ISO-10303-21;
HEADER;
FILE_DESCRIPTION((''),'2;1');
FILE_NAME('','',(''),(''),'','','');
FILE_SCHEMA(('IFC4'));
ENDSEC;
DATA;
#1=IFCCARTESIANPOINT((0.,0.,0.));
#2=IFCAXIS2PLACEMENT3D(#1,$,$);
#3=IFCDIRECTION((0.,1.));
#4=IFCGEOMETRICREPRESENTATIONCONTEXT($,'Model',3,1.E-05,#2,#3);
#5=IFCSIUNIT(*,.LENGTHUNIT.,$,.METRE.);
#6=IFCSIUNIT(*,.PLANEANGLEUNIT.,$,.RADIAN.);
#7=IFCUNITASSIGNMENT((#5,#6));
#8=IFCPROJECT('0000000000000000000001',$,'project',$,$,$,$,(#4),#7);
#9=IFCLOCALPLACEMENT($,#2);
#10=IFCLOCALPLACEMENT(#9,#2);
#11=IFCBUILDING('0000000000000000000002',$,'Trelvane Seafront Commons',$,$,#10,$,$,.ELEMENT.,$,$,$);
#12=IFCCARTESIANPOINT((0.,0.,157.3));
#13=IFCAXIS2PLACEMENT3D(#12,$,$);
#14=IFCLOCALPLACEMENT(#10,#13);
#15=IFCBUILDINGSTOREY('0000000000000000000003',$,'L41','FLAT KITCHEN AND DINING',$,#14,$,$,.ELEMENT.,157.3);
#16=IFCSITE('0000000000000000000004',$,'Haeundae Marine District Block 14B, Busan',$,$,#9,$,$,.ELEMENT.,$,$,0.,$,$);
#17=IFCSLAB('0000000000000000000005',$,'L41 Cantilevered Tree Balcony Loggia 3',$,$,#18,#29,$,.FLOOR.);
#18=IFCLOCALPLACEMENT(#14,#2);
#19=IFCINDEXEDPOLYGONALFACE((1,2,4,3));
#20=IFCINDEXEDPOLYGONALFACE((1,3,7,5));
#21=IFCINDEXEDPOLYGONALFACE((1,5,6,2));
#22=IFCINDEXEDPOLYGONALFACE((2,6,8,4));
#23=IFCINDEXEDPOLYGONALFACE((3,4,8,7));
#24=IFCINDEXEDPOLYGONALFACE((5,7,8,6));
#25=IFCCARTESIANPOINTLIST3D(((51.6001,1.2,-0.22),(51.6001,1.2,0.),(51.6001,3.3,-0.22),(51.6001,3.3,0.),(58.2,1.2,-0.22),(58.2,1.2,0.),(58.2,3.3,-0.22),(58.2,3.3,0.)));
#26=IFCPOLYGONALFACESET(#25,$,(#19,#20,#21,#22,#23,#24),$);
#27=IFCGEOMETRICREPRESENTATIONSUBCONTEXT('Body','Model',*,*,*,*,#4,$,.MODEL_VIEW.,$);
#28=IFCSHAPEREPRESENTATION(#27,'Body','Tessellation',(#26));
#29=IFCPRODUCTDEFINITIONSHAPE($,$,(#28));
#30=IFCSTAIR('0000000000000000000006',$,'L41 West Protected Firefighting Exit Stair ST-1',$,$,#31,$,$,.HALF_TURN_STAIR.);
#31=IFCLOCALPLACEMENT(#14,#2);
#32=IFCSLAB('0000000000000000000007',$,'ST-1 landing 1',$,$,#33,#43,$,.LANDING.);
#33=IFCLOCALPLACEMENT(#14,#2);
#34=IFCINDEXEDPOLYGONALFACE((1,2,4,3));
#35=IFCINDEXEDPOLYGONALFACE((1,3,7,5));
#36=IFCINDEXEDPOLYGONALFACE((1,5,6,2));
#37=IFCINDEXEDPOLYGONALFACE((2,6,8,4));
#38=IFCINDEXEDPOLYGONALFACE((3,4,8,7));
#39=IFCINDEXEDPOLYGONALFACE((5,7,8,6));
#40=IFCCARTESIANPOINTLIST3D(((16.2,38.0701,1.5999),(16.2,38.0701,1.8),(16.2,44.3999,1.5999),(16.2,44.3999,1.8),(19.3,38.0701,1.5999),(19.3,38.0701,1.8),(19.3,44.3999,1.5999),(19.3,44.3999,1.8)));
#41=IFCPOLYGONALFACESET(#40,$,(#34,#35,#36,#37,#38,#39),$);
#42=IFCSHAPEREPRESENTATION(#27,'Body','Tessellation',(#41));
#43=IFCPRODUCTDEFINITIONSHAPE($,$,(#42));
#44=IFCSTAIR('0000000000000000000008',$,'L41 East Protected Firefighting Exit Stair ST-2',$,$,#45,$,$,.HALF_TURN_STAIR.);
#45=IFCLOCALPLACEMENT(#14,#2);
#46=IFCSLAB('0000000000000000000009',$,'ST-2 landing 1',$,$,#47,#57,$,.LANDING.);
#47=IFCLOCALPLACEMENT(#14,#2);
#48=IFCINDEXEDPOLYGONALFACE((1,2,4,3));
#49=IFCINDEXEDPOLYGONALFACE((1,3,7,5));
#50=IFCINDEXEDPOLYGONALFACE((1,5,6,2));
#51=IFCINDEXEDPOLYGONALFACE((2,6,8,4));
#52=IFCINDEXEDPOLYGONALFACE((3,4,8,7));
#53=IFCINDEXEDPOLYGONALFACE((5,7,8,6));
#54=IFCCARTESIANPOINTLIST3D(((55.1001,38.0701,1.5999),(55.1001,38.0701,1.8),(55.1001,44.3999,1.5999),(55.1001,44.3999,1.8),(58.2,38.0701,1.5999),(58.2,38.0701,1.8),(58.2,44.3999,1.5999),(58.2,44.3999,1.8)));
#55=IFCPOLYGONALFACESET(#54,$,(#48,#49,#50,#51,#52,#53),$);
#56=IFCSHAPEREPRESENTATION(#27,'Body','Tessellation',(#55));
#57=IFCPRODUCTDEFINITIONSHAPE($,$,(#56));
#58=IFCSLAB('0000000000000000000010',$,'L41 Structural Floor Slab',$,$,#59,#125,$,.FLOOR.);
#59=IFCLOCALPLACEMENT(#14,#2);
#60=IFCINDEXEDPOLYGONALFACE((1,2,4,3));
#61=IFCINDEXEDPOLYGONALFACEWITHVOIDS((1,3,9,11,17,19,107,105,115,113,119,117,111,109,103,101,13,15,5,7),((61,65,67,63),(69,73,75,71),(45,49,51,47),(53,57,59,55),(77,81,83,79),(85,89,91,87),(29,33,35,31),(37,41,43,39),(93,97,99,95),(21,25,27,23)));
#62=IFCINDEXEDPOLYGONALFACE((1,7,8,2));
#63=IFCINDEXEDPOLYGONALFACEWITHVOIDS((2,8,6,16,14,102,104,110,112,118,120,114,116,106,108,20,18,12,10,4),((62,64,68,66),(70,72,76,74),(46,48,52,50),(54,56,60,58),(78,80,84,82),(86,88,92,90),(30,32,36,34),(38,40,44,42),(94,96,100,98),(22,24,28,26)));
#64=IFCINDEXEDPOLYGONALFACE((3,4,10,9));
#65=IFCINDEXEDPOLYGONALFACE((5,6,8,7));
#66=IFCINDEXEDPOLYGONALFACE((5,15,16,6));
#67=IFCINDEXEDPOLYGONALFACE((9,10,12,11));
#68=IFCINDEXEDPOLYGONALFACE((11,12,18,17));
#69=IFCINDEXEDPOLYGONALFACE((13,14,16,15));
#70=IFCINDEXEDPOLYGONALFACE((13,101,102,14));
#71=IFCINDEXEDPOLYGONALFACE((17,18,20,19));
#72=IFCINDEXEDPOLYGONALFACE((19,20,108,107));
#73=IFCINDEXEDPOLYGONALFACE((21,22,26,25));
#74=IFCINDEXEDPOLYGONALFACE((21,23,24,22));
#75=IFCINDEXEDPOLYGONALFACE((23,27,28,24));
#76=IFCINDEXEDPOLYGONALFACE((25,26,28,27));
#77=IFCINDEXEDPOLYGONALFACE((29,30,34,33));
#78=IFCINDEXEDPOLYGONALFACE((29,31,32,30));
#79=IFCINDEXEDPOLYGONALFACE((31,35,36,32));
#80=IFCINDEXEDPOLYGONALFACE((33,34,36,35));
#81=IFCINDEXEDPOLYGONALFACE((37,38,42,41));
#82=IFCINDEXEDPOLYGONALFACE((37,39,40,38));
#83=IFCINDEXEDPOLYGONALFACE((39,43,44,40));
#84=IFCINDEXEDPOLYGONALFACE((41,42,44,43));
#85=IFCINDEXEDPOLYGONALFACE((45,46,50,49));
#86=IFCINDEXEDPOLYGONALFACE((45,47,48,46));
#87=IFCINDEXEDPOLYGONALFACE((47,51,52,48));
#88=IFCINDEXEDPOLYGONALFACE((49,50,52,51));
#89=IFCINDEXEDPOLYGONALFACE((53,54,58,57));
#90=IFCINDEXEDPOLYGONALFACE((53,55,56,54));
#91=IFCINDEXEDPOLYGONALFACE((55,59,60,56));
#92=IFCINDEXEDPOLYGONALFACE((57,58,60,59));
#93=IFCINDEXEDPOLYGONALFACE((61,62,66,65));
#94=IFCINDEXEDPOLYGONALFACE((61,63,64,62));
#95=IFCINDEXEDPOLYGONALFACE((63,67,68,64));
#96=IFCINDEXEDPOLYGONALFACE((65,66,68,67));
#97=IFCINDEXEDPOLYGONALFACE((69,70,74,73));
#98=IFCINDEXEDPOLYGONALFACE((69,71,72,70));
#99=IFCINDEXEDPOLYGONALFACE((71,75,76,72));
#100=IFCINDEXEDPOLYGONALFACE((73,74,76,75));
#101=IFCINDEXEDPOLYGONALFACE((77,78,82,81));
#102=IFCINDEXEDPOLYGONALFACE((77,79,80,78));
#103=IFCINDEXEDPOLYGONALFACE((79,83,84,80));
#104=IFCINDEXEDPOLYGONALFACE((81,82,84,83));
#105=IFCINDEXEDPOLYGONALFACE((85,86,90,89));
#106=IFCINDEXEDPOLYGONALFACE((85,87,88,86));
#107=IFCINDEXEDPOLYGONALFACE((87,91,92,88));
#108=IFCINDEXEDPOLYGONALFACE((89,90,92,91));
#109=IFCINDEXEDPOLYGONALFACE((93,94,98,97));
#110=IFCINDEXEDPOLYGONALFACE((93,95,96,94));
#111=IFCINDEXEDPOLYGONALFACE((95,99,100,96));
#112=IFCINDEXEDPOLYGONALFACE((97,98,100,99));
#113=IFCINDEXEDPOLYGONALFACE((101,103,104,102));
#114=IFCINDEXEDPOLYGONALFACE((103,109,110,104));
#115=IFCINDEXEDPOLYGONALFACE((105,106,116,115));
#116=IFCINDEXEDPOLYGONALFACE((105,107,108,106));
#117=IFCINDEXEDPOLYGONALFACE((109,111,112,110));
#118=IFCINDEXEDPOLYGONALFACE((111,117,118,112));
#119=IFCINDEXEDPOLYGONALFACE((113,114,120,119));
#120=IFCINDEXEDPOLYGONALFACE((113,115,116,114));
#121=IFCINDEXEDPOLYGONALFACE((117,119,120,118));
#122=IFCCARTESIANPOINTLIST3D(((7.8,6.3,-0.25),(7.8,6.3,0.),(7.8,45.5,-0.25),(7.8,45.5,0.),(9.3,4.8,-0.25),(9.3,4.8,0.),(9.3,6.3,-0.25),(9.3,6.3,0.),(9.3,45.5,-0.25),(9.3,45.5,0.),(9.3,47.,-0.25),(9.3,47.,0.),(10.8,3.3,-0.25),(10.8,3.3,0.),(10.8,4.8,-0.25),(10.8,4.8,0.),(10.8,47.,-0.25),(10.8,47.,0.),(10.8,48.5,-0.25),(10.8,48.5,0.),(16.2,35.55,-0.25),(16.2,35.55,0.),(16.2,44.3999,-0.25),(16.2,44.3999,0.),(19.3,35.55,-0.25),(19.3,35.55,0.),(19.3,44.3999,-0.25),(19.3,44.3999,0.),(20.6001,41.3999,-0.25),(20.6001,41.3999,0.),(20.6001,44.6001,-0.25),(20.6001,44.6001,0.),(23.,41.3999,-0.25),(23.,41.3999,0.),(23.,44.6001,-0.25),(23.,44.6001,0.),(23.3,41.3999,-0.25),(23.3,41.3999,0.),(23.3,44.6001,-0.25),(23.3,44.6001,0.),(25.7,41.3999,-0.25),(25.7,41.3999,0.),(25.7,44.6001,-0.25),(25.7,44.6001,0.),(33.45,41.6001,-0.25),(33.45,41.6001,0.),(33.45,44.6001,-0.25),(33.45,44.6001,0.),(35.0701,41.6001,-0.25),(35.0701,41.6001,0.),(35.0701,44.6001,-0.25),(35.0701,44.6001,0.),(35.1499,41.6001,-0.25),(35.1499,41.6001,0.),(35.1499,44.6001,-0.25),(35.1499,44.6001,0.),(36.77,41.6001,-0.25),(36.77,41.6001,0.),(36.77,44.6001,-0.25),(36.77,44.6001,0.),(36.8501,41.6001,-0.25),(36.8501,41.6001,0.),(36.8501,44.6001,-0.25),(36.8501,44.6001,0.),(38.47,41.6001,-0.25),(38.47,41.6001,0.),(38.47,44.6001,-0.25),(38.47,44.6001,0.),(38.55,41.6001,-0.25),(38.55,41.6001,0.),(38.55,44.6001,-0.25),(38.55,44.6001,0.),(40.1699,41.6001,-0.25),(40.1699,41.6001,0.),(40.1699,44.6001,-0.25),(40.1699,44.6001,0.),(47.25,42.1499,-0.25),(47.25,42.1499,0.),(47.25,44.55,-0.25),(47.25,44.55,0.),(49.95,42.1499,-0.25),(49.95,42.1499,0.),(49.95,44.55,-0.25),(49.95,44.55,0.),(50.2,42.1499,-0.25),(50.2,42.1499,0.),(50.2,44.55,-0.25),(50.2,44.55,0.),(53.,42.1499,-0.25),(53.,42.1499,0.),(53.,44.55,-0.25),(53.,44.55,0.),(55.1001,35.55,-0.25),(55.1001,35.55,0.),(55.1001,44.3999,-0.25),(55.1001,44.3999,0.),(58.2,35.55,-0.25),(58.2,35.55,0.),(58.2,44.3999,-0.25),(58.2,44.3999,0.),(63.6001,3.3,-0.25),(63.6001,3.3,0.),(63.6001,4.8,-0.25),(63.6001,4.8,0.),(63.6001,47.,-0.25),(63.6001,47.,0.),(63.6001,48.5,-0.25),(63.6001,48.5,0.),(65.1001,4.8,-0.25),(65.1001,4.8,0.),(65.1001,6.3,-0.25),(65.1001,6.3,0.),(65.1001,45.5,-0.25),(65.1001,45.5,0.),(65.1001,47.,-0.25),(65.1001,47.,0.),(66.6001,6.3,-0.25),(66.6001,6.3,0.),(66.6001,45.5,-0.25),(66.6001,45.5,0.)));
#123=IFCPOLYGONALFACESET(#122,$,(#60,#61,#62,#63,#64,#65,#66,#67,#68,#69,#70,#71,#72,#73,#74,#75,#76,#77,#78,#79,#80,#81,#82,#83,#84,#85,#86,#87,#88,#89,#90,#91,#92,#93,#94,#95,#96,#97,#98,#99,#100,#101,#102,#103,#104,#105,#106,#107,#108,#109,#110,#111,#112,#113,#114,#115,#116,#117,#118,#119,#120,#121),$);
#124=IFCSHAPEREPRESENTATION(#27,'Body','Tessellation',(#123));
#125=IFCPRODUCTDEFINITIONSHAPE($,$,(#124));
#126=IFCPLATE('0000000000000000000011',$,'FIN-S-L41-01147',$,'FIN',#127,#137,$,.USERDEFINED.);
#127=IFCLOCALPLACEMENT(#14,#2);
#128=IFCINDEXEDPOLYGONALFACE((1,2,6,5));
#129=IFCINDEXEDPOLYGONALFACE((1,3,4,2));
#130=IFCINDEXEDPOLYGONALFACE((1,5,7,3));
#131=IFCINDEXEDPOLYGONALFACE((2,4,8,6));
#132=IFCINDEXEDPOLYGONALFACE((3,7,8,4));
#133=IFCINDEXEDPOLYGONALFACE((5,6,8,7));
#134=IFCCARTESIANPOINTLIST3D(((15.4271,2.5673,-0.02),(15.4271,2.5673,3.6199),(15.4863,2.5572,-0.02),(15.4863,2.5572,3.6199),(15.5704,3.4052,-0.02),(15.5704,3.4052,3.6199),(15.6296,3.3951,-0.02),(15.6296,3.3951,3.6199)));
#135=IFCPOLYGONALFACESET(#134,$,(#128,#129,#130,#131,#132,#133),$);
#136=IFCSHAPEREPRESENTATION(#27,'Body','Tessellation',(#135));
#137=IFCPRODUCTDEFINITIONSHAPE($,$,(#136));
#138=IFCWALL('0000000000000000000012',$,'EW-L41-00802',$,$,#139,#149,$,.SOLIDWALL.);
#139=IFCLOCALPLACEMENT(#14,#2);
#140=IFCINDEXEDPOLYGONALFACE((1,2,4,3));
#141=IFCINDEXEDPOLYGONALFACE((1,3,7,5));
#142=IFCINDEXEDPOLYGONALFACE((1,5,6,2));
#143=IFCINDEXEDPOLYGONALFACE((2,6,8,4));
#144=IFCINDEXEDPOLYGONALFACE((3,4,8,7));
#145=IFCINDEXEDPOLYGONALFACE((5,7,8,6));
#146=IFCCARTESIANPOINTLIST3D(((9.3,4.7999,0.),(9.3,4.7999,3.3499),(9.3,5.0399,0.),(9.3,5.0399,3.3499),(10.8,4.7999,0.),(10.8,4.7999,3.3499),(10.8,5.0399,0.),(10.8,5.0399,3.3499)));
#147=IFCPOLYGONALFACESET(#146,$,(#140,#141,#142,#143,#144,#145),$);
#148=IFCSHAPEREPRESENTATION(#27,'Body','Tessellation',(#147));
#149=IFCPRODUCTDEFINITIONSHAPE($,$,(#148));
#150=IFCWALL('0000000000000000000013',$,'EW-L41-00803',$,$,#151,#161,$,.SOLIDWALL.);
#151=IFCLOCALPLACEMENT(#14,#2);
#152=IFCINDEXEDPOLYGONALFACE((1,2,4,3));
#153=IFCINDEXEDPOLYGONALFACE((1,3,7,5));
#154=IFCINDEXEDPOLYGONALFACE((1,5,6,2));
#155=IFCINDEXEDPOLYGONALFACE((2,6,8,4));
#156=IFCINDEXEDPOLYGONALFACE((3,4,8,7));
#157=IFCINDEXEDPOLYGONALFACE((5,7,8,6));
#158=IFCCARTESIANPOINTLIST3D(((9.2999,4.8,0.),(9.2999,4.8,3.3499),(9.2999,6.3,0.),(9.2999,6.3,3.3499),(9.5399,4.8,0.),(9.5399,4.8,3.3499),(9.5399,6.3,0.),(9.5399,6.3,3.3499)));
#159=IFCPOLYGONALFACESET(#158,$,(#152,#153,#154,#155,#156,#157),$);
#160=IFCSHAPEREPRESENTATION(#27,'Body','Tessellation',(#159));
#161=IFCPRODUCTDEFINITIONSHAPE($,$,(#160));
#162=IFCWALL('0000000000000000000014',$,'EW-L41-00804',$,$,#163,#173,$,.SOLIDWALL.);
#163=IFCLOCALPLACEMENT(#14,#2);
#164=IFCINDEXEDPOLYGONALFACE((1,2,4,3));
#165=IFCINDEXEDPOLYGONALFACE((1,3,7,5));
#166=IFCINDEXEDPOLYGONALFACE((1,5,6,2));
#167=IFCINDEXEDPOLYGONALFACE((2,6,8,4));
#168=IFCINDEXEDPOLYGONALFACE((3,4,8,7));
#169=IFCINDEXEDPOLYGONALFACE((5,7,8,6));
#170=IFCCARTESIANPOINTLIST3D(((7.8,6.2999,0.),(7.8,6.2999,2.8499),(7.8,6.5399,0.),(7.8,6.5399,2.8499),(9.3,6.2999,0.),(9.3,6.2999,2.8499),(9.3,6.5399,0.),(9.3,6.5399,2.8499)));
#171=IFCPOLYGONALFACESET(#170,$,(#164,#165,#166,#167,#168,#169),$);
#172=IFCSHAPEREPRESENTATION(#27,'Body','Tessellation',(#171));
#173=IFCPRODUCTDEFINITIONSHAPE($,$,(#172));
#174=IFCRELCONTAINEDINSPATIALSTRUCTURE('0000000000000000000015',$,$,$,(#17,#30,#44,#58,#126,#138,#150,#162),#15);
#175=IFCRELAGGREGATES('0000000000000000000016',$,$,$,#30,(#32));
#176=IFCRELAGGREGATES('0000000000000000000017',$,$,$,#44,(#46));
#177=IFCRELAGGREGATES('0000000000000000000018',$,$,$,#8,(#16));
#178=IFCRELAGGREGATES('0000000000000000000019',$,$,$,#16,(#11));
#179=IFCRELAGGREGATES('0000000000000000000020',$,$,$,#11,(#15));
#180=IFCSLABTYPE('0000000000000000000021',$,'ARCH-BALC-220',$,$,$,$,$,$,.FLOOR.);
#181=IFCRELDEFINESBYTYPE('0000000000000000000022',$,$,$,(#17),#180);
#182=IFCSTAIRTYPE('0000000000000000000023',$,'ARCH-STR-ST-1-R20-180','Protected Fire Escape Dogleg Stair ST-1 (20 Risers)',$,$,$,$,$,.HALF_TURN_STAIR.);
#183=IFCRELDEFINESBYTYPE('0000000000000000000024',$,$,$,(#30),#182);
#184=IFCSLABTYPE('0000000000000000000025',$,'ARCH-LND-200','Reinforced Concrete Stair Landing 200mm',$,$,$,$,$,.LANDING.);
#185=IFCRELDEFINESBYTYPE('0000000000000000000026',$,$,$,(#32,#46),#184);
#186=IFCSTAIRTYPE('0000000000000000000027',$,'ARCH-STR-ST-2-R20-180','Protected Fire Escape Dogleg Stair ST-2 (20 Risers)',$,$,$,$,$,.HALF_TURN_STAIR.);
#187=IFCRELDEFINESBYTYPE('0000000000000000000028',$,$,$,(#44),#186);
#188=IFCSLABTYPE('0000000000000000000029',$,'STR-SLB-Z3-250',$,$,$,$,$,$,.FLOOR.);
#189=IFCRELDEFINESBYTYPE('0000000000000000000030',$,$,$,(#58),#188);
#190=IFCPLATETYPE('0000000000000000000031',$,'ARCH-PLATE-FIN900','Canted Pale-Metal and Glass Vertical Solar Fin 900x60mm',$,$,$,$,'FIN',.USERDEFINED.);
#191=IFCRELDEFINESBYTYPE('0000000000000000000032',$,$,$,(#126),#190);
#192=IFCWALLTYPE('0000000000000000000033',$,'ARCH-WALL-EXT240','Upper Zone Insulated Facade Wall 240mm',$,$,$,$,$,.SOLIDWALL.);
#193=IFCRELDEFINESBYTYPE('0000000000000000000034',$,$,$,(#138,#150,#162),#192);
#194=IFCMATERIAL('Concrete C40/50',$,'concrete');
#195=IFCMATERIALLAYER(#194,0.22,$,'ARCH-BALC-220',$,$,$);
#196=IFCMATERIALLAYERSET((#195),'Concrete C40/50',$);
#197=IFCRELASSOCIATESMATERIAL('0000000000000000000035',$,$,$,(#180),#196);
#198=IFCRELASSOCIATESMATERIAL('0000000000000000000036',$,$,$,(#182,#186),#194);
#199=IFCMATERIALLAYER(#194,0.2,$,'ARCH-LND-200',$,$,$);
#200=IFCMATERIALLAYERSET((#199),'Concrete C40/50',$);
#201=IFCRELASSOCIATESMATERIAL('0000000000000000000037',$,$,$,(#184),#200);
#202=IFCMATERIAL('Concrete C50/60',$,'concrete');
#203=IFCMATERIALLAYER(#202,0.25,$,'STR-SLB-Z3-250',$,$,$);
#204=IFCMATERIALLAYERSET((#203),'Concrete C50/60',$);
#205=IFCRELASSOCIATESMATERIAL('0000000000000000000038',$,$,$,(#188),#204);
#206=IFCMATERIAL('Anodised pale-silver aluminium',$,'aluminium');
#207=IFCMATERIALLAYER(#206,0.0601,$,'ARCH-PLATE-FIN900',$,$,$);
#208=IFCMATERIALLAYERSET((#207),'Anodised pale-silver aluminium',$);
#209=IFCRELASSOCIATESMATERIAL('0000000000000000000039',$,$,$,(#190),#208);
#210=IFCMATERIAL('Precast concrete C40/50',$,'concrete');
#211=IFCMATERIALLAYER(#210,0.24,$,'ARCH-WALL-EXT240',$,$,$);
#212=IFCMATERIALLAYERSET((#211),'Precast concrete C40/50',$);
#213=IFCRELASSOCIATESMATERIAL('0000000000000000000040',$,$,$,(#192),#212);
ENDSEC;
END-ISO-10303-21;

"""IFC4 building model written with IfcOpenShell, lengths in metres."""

from ifc_helpers import new_model, si_unit, direction, frame, frame_2d, origin, origin_2d, place, context, subcontext, project, spatial, polyline, rectangle, outline, extrude, source, transform, mapped, material, layer, layer_set, type_object, element, aggregate, save


model = new_model("IFC4")

# Units and contexts
model_context = context("Model", 3, precision=1e-05, world=origin(), true_north=direction((0.0, 1.0)))
body_context = subcontext(model_context, "Body", "Model", "MODEL_VIEW")
ifc_project = project(units=[si_unit("LENGTHUNIT", "METRE"), si_unit("PLANEANGLEUNIT", "RADIAN")], contexts=[model_context])

# Site, building, storey
site_placement = place(None, origin())
site = spatial("IfcSite", under=ifc_project, at=site_placement, Name="Haeundae Marine District Block 14B, Busan", CompositionType="ELEMENT", RefElevation=0.0)
building_placement = place(site_placement, origin())
building = spatial("IfcBuilding", under=site, at=building_placement, Name="Trelvane Seafront Commons", CompositionType="ELEMENT")
storey_placement = place(building_placement, frame((0.0, 0.0, 157.3)))
storey = spatial("IfcBuildingStorey", under=building, at=storey_placement, Name="L41", Description="FLAT KITCHEN AND DINING", CompositionType="ELEMENT", Elevation=157.3)

# Slab
ifc_material_1 = material(Name="Concrete C40/50", Category="concrete")
ifc_layer_1 = layer(ifc_material_1, 0.22, Name="ARCH-BALC-220")
ifc_layer_set_1 = layer_set([ifc_layer_1], Name="Concrete C40/50")
slab_type_1 = type_object("IfcSlabType", Name="ARCH-BALC-220", PredefinedType="FLOOR", material=ifc_layer_set_1)
slab_1_placement = place(storey_placement, frame((0.0, 0.0, -0.22)))
element("IfcSlab", 1, at=slab_1_placement, inside=storey, type_object=slab_type_1, Name="L41 Cantilevered Tree Balcony Loggia 3", PredefinedType="FLOOR", context=body_context, shape_type="SweptSolid", body=[
    extrude(outline(polyline([(51.6001, 1.2), (58.2, 1.2), (58.2, 3.3), (51.6001, 3.3), (51.6001, 1.2)])), origin(), (0.0, 0.0, 1.0), 0.22),
])

# Stairs, slabs
stair_type_1 = type_object("IfcStairType", Name="ARCH-STR-ST-1-R20-180", Description="Protected Fire Escape Dogleg Stair ST-1 (20 Risers)", PredefinedType="HALF_TURN_STAIR", material=ifc_material_1)
stair_1_placement = place(storey_placement, origin())
stair_1 = element("IfcStair", 2, at=stair_1_placement, inside=storey, type_object=stair_type_1, Name="L41 West Protected Firefighting Exit Stair ST-1", PredefinedType="HALF_TURN_STAIR")
ifc_layer_2 = layer(ifc_material_1, 0.2, Name="ARCH-LND-200")
ifc_layer_set_2 = layer_set([ifc_layer_2], Name="Concrete C40/50")
slab_type_2 = type_object("IfcSlabType", Name="ARCH-LND-200", Description="Reinforced Concrete Stair Landing 200mm", PredefinedType="LANDING", material=ifc_layer_set_2)
slab_2_placement = place(storey_placement, frame((0.0, 0.0, 1.5999)))
slab_2 = element("IfcSlab", 3, at=slab_2_placement, type_object=slab_type_2, Name="ST-1 landing 1", PredefinedType="LANDING", context=body_context, shape_type="SweptSolid", body=[
    extrude(outline(polyline([(19.3, 38.0701), (19.3, 44.3999), (16.2, 44.3999), (16.2, 38.0701), (19.3, 38.0701)])), origin(), (0.0, 0.0, 1.0), 0.2002),
])
aggregate(stair_1, [slab_2])
stair_type_2 = type_object("IfcStairType", Name="ARCH-STR-ST-2-R20-180", Description="Protected Fire Escape Dogleg Stair ST-2 (20 Risers)", PredefinedType="HALF_TURN_STAIR", material=ifc_material_1)
stair_2_placement = place(storey_placement, origin())
stair_2 = element("IfcStair", 4, at=stair_2_placement, inside=storey, type_object=stair_type_2, Name="L41 East Protected Firefighting Exit Stair ST-2", PredefinedType="HALF_TURN_STAIR")
slab_3_placement = place(storey_placement, frame((0.0, 0.0, 1.5999)))
slab_3 = element("IfcSlab", 5, at=slab_3_placement, type_object=slab_type_2, Name="ST-2 landing 1", PredefinedType="LANDING", context=body_context, shape_type="SweptSolid", body=[
    extrude(outline(polyline([(58.2, 38.0701), (58.2, 44.3999), (55.1001, 44.3999), (55.1001, 38.0701), (58.2, 38.0701)])), origin(), (0.0, 0.0, 1.0), 0.2002),
])
aggregate(stair_2, [slab_3])

# Slab
ifc_material_2 = material(Name="Concrete C50/60", Category="concrete")
ifc_layer_3 = layer(ifc_material_2, 0.25, Name="STR-SLB-Z3-250")
ifc_layer_set_3 = layer_set([ifc_layer_3], Name="Concrete C50/60")
slab_type_3 = type_object("IfcSlabType", Name="STR-SLB-Z3-250", PredefinedType="FLOOR", material=ifc_layer_set_3)
slab_4_placement = place(storey_placement, frame((0.0, 0.0, -0.25)))
element("IfcSlab", 6, at=slab_4_placement, inside=storey, type_object=slab_type_3, Name="L41 Structural Floor Slab", PredefinedType="FLOOR", context=body_context, shape_type="SweptSolid", body=[
    extrude(outline(polyline([(10.8, 3.3), (63.6001, 3.3), (63.6001, 4.8), (65.1001, 4.8), (65.1001, 6.3), (66.6001, 6.3), (66.6001, 45.5), (65.1001, 45.5), (65.1001, 47.0), (63.6001, 47.0), (63.6001, 48.5), (10.8, 48.5), (10.8, 47.0), (9.3, 47.0), (9.3, 45.5), (7.8, 45.5), (7.8, 6.3), (9.3, 6.3), (9.3, 4.8), (10.8, 4.8), (10.8, 3.3)]), holes=[polyline([(19.3, 35.55), (16.2, 35.55), (16.2, 44.3999), (19.3, 44.3999), (19.3, 35.55)]), polyline([(58.2, 35.55), (55.1001, 35.55), (55.1001, 44.3999), (58.2, 44.3999), (58.2, 35.55)]), polyline([(23.0, 41.3999), (20.6001, 41.3999), (20.6001, 44.6001), (23.0, 44.6001), (23.0, 41.3999)]), polyline([(23.3, 41.3999), (23.3, 44.6001), (25.7, 44.6001), (25.7, 41.3999), (23.3, 41.3999)]), polyline([(33.45, 41.6001), (33.45, 44.6001), (35.0701, 44.6001), (35.0701, 41.6001), (33.45, 41.6001)]), polyline([(36.77, 41.6001), (35.1499, 41.6001), (35.1499, 44.6001), (36.77, 44.6001), (36.77, 41.6001)]), polyline([(38.47, 41.6001), (36.8501, 41.6001), (36.8501, 44.6001), (38.47, 44.6001), (38.47, 41.6001)]), polyline([(40.1699, 41.6001), (38.55, 41.6001), (38.55, 44.6001), (40.1699, 44.6001), (40.1699, 41.6001)]), polyline([(47.25, 42.1499), (47.25, 44.55), (49.95, 44.55), (49.95, 42.1499), (47.25, 42.1499)]), polyline([(50.2, 42.1499), (50.2, 44.55), (53.0, 44.55), (53.0, 42.1499), (50.2, 42.1499)])]), origin(), (0.0, 0.0, 1.0), 0.25),
])

# Plate
ifc_material_3 = material(Name="Anodised pale-silver aluminium", Category="aluminium")
ifc_layer_4 = layer(ifc_material_3, 0.0601, Name="ARCH-PLATE-FIN900")
ifc_layer_set_4 = layer_set([ifc_layer_4], Name="Anodised pale-silver aluminium")
plate_type = type_object("IfcPlateType", Name="ARCH-PLATE-FIN900", Description="Canted Pale-Metal and Glass Vertical Solar Fin 900x60mm", ElementType="FIN", PredefinedType="USERDEFINED", material=ifc_layer_set_4)
shared_shape_1 = source(origin(), body_context, "Body", "SweptSolid", [
    extrude(rectangle(XDim=0.8501, YDim=0.0601, at=origin_2d()), origin(), (0.0, 0.0, 1.0), 3.6399),
])
plate_placement = place(storey_placement, frame((15.5283, 2.9812, -0.02), z_axis=(0.0, 0.0, 1.0), x_axis=(-0.168594, -0.985686, 0.0)))
element("IfcPlate", 7, at=plate_placement, inside=storey, type_object=plate_type, Name="FIN-S-L41-01147", ObjectType="FIN", PredefinedType="USERDEFINED", context=body_context, shape_type="MappedRepresentation", body=[
    mapped(shared_shape_1, transform((0.0, 0.0, 0.0), x_axis=(1.0, 0.0, 0.0), y_axis=(0.0, 1.0, 0.0), z_axis=(0.0, 0.0, 1.0), scale=1.0)),
])

# Walls
ifc_material_4 = material(Name="Precast concrete C40/50", Category="concrete")
ifc_layer_5 = layer(ifc_material_4, 0.24, Name="ARCH-WALL-EXT240")
ifc_layer_set_5 = layer_set([ifc_layer_5], Name="Precast concrete C40/50")
wall_type_1 = type_object("IfcWallType", Name="ARCH-WALL-EXT240", Description="Upper Zone Insulated Facade Wall 240mm", PredefinedType="SOLIDWALL", material=ifc_layer_set_5)
for number, where, z_axis, x_axis, name in (
    (8, (10.8, 4.9199, 0.0), (0.0, 0.0, 1.0), (-1.0, 0.0, 0.0), "EW-L41-00802"),
    (9, (9.4199, 4.8, 0.0), (0.0, 0.0, 1.0), (0.0, 1.0, 0.0), "EW-L41-00803"),
):
    element("IfcWall", number, at=place(storey_placement, frame(where, z_axis=z_axis, x_axis=x_axis)), inside=storey, type_object=wall_type_1, Name=name, PredefinedType="SOLIDWALL", context=body_context, shape_type="SweptSolid", body=[
        extrude(rectangle(XDim=1.5, YDim=0.24, at=frame_2d((0.75, 0.0))), origin(), (0.0, 0.0, 1.0), 3.3499),
    ])
wall_1_placement = place(storey_placement, frame((9.3, 6.4199, 0.0), z_axis=(0.0, 0.0, 1.0), x_axis=(-1.0, 0.0, 0.0)))
element("IfcWall", 10, at=wall_1_placement, inside=storey, type_object=wall_type_1, Name="EW-L41-00804", PredefinedType="SOLIDWALL", context=body_context, shape_type="SweptSolid", body=[
    extrude(rectangle(XDim=1.5, YDim=0.24, at=frame_2d((0.75, 0.0))), origin(), (0.0, 0.0, 1.0), 2.8499),
])

save(model, "model.ifc")
